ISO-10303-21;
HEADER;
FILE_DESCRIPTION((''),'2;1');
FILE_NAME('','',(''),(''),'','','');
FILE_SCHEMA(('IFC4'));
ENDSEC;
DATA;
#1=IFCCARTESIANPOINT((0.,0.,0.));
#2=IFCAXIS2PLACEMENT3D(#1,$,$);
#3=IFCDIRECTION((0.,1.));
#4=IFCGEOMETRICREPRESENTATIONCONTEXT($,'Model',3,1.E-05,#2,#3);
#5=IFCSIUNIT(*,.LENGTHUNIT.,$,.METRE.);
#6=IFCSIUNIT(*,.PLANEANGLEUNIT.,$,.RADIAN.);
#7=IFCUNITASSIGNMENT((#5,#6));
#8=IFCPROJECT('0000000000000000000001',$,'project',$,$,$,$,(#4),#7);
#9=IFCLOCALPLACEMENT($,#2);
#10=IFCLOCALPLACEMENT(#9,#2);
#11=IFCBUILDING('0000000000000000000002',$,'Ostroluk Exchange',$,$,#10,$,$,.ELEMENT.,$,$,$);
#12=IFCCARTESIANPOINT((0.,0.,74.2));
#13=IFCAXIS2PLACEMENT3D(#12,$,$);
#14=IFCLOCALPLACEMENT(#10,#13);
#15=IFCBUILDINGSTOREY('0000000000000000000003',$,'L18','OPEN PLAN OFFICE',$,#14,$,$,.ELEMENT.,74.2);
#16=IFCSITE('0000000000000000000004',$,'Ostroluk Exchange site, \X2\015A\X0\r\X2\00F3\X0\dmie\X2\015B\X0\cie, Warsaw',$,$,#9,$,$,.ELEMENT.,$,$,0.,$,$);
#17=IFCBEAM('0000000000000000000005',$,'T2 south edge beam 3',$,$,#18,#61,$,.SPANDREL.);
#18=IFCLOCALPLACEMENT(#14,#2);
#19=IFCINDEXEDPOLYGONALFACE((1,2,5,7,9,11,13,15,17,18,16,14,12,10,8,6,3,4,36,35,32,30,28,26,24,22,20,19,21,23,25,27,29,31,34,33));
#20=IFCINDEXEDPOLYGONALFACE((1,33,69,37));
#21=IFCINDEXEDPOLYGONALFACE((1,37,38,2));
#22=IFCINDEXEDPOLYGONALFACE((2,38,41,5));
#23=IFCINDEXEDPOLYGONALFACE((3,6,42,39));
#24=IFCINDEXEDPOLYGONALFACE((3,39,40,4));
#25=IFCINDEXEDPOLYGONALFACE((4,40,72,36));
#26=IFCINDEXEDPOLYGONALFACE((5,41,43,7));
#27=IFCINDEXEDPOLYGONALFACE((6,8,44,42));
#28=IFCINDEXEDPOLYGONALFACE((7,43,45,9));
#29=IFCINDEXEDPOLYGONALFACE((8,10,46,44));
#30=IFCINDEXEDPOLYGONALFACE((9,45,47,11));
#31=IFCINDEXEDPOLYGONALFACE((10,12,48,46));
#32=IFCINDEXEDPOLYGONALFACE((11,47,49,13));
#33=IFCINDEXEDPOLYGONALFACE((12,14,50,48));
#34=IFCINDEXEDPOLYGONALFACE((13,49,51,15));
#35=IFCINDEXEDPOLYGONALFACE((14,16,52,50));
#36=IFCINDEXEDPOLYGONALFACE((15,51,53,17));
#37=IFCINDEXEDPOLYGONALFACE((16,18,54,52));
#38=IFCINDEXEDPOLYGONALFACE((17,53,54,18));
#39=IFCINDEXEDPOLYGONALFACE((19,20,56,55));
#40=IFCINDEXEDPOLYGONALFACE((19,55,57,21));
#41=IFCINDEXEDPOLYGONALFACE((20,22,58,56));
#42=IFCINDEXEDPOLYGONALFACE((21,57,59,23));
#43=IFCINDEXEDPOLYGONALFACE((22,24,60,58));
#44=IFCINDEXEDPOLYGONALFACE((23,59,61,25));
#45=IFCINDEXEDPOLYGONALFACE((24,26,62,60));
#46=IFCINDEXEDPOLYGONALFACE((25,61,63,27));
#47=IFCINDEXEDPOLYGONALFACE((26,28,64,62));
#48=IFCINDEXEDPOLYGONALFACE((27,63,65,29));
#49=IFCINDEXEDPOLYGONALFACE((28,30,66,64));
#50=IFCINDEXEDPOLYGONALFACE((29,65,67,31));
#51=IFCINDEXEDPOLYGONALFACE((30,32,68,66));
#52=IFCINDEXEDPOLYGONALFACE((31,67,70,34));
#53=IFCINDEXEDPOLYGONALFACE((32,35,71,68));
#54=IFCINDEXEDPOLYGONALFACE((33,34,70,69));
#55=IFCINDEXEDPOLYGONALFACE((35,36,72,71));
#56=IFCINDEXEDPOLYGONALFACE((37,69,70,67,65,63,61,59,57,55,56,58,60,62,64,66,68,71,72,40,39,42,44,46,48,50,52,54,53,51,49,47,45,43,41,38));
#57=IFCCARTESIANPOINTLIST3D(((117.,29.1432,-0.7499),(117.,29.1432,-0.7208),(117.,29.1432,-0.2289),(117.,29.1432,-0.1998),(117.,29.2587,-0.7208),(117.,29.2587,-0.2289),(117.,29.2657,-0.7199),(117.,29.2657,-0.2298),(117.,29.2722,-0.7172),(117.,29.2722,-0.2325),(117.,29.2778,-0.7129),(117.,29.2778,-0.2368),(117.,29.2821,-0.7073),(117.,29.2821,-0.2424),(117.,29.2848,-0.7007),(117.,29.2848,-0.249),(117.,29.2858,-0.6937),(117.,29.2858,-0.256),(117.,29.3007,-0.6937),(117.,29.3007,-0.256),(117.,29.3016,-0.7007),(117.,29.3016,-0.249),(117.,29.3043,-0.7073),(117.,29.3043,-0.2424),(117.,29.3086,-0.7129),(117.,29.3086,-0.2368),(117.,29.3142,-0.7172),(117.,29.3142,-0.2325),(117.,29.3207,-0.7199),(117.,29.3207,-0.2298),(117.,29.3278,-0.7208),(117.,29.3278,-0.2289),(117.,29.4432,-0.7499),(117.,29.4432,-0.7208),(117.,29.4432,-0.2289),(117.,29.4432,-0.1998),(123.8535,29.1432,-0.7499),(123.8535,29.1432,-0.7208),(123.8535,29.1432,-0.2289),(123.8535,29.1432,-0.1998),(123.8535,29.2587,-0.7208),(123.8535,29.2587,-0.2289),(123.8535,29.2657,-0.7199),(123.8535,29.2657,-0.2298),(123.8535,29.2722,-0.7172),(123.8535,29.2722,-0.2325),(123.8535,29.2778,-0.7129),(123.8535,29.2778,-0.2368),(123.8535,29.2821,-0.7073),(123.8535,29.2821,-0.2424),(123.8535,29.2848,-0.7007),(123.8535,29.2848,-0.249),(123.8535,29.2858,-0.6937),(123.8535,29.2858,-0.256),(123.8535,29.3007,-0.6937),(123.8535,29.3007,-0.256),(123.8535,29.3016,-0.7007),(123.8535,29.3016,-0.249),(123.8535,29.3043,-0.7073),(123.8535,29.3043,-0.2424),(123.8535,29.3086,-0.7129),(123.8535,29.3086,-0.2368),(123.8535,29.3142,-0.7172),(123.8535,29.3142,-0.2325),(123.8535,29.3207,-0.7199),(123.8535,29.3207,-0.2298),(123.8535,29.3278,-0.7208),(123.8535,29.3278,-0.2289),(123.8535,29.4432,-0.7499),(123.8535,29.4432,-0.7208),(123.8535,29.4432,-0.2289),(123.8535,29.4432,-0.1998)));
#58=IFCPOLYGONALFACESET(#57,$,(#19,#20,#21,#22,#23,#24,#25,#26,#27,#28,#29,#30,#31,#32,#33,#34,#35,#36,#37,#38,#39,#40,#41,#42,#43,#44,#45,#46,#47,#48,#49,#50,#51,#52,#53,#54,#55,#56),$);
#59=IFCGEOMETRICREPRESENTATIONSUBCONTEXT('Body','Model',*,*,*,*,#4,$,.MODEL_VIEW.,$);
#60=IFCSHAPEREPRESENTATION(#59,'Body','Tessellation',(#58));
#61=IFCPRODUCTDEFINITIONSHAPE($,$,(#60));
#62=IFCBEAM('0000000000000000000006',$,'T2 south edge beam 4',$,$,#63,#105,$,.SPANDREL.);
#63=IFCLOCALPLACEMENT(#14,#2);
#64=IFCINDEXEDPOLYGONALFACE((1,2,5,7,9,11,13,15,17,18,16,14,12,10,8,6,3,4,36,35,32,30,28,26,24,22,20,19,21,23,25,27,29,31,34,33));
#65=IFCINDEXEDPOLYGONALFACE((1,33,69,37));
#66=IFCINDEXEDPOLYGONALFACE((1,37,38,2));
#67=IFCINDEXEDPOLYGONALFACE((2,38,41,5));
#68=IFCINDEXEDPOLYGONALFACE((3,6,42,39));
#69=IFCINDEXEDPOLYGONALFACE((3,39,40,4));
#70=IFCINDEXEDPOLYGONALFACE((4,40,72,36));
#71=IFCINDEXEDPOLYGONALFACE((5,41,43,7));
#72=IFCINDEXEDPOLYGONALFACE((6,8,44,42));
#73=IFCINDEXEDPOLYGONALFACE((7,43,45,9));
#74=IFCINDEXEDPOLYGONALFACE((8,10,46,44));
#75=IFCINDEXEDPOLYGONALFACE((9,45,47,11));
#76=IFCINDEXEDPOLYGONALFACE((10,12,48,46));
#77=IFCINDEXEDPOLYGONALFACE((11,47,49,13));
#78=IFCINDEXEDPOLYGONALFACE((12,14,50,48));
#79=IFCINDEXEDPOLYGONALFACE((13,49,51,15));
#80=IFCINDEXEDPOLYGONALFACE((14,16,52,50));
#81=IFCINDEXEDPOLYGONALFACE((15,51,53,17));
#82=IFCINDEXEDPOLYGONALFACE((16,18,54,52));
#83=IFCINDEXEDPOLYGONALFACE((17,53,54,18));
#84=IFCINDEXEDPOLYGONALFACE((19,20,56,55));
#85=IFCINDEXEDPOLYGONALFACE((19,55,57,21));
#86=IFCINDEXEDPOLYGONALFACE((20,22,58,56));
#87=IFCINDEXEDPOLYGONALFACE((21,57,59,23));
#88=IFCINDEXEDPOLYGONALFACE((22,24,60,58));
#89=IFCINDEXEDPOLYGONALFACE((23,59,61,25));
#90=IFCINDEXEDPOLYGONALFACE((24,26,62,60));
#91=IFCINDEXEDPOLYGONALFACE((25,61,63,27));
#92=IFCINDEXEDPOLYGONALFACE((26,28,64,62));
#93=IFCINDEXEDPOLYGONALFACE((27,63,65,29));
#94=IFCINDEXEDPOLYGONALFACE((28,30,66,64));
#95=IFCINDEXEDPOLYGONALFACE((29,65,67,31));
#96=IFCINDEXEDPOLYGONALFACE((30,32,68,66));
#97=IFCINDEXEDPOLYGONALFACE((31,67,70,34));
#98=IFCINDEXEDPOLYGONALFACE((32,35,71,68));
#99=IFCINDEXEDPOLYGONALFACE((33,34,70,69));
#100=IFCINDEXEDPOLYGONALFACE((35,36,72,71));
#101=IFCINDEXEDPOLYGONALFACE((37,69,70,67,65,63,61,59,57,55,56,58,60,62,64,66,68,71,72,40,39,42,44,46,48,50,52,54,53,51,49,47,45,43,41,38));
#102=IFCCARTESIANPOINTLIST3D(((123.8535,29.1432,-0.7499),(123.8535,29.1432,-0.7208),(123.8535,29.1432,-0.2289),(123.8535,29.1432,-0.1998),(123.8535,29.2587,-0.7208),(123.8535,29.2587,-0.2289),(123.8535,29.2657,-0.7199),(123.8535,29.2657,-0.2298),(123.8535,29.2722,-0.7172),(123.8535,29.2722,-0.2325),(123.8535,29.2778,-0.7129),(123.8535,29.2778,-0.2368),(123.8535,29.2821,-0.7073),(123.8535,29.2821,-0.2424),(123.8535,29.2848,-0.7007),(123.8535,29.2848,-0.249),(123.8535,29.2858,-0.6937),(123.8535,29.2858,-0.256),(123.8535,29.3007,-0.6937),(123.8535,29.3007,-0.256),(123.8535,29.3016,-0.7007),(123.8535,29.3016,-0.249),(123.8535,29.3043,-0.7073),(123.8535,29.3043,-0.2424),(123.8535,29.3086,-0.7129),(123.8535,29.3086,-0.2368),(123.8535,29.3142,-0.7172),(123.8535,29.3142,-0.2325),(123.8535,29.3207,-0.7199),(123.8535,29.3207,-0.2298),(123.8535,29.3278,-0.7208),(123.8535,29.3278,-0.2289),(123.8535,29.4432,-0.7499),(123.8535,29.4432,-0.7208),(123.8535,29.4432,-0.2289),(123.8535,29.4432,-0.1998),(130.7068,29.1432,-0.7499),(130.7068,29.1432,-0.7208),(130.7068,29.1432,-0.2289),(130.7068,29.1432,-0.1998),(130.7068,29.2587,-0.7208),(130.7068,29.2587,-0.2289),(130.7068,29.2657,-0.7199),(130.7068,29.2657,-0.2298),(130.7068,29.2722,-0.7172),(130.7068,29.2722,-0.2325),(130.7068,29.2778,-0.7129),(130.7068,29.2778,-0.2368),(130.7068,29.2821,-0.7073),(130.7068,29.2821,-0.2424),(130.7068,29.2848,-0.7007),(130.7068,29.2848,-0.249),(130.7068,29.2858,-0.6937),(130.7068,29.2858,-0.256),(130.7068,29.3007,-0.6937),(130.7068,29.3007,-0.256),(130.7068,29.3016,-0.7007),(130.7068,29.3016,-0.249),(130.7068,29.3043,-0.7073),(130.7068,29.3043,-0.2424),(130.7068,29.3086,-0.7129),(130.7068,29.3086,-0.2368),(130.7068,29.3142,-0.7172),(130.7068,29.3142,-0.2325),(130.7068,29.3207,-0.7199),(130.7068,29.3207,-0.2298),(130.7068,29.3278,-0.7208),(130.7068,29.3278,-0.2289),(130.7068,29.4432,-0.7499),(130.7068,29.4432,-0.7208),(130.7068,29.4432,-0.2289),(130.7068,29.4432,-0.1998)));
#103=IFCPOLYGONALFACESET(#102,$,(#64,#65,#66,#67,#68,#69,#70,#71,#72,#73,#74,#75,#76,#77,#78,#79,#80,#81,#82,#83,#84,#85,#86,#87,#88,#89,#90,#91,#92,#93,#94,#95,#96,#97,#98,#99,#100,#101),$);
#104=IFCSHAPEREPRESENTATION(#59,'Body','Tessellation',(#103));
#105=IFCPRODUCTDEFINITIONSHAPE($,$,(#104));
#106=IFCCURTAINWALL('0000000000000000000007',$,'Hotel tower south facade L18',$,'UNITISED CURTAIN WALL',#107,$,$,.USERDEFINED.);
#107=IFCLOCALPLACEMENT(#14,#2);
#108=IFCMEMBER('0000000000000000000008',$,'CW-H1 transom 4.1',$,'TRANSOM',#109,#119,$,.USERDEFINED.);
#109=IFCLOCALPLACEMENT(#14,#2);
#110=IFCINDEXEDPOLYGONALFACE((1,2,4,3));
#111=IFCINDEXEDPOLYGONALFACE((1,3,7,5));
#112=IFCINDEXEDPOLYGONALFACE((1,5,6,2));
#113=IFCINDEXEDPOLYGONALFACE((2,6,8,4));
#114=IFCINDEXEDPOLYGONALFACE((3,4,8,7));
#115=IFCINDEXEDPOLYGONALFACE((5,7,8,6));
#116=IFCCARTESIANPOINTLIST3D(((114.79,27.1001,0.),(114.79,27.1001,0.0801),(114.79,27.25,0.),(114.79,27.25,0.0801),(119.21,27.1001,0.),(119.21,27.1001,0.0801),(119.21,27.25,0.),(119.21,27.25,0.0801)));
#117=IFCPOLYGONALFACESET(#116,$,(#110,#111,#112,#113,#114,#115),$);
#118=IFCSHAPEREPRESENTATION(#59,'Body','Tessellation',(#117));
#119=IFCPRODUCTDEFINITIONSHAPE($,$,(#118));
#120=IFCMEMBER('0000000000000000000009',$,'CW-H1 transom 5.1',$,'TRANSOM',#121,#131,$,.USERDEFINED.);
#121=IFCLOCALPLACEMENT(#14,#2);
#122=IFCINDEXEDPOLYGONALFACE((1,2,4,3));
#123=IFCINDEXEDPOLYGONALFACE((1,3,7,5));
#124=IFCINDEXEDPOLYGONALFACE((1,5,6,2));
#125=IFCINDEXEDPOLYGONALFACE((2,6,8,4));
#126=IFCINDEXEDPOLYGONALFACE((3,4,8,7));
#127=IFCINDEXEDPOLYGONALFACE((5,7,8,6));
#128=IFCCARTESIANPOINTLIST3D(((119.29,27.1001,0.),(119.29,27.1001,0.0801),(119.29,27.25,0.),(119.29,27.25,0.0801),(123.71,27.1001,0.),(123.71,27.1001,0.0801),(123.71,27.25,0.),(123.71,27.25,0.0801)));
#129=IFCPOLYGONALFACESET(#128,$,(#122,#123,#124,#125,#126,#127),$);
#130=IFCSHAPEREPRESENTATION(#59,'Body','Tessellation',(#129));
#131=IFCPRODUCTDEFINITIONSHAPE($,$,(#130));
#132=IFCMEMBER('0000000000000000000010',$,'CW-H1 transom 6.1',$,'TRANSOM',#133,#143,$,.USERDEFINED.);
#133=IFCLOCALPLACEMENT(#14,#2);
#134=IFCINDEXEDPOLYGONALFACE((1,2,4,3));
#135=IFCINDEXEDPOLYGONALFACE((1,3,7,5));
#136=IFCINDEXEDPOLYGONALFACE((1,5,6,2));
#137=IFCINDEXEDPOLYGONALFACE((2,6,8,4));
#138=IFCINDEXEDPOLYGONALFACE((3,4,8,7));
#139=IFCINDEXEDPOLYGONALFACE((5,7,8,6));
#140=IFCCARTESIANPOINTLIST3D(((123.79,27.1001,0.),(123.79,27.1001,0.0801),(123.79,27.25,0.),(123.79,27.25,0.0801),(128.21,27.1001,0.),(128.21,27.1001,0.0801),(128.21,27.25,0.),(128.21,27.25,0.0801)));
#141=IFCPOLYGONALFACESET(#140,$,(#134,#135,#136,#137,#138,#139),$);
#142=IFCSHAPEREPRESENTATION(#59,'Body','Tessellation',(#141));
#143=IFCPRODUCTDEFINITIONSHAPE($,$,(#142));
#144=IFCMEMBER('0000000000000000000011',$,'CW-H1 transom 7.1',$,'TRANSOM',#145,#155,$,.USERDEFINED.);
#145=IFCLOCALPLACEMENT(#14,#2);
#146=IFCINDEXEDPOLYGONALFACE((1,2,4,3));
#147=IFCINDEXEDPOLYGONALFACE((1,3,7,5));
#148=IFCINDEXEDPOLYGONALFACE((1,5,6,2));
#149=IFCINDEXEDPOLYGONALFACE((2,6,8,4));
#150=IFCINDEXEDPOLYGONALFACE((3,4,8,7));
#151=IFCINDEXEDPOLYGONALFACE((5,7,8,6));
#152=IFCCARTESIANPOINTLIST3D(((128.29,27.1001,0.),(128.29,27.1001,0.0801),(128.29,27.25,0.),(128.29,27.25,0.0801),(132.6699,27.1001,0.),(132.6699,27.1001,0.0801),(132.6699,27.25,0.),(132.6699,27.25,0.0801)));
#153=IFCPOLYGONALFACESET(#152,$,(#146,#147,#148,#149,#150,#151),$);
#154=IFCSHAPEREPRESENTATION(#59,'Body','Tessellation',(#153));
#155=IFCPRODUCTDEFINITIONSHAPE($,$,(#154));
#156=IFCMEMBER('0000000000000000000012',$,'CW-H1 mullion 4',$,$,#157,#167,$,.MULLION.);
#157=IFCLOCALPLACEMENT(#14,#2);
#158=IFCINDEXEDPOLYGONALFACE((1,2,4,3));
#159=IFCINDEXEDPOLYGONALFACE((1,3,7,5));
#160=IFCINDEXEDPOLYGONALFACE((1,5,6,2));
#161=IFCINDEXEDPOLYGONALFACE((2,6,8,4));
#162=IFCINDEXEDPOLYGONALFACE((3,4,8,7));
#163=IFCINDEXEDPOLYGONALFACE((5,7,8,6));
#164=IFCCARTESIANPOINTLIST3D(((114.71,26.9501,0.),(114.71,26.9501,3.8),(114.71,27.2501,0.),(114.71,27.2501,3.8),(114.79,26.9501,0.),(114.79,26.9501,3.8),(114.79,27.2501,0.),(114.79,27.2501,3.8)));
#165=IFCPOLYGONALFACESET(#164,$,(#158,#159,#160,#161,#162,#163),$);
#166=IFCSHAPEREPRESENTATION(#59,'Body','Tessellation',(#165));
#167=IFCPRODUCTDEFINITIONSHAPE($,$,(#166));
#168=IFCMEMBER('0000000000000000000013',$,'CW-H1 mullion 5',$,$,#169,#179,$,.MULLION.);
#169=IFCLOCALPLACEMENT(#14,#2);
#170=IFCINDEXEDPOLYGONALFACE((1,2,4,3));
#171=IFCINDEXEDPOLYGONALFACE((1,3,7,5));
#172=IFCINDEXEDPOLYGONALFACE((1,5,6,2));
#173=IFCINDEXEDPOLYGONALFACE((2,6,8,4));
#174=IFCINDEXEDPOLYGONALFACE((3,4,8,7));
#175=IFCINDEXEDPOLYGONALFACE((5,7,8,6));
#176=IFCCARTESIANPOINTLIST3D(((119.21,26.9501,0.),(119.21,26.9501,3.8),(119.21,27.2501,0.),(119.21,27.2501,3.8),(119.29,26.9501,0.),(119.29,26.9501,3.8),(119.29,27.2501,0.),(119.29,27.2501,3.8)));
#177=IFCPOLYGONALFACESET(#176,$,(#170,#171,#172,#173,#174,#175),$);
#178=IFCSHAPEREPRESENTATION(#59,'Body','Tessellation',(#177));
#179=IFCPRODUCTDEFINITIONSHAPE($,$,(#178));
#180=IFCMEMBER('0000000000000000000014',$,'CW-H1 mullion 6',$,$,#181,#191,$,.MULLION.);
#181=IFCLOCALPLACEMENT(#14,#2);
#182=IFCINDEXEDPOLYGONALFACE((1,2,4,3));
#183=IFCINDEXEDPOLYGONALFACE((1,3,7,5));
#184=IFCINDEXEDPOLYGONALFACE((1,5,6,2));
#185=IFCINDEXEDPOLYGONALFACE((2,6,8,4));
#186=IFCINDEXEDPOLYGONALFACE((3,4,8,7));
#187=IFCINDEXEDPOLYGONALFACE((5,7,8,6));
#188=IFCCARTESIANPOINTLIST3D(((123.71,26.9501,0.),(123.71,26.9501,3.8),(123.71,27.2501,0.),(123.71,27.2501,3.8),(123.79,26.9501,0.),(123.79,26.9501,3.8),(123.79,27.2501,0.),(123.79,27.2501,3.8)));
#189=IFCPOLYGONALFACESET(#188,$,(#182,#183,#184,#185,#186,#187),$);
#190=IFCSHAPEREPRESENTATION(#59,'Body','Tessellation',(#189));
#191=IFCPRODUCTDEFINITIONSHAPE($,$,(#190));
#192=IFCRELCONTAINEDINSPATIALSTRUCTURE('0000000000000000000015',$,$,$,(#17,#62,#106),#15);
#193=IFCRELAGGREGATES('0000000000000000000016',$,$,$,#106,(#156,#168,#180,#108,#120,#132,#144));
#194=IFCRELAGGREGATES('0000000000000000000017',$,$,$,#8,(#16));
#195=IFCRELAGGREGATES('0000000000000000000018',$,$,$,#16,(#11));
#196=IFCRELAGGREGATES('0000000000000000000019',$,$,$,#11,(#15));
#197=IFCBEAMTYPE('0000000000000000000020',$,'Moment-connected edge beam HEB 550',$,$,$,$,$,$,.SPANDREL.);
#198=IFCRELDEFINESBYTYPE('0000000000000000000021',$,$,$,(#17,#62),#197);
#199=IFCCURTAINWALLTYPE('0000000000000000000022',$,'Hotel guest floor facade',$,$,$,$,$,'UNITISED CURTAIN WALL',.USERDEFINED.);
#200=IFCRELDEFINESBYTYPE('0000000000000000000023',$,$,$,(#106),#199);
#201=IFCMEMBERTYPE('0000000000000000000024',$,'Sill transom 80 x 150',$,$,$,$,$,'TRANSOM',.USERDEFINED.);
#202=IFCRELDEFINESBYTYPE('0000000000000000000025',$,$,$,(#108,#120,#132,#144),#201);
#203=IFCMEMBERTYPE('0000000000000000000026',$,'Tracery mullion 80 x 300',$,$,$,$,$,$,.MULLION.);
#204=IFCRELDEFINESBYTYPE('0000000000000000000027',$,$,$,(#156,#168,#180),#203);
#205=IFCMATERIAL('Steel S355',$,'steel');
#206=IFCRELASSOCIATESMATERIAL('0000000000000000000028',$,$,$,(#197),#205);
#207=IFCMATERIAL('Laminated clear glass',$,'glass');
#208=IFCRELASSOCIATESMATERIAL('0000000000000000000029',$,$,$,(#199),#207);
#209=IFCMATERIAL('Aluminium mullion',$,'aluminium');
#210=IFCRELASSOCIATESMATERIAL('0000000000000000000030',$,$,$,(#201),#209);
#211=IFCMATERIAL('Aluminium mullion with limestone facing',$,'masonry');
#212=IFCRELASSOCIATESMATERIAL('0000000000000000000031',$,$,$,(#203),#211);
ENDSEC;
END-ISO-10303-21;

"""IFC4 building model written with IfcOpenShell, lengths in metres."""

from ifc_helpers import new_model, si_unit, direction, frame, origin, origin_2d, place, context, subcontext, project, spatial, rectangle, i_section, extrude, material, material_profile, profile_set, type_object, element, aggregate, save


model = new_model("IFC4")

# Units and contexts
model_context = context("Model", 3, precision=1e-05, world=origin(), true_north=direction((0.0, 1.0)))
body_context = subcontext(model_context, "Body", "Model", "MODEL_VIEW")
ifc_project = project(units=[si_unit("LENGTHUNIT", "METRE"), si_unit("PLANEANGLEUNIT", "RADIAN")], contexts=[model_context])

# Site, building, storey
site_placement = place(None, origin())
site = spatial("IfcSite", under=ifc_project, at=site_placement, Name="Ostroluk Exchange site, Śródmieście, Warsaw", CompositionType="ELEMENT", RefElevation=0.0)
building_placement = place(site_placement, origin())
building = spatial("IfcBuilding", under=site, at=building_placement, Name="Ostroluk Exchange", CompositionType="ELEMENT")
storey_placement = place(building_placement, frame((0.0, 0.0, 74.2)))
storey = spatial("IfcBuildingStorey", under=building, at=storey_placement, Name="L18", Description="OPEN PLAN OFFICE", CompositionType="ELEMENT", Elevation=74.2)

# Beams
ifc_material_1 = material(Name="Steel S355", Category="steel")
ifc_material_profile_1 = material_profile(ifc_material_1, i_section(OverallWidth=0.3, OverallDepth=0.55, WebThickness=0.0149, FlangeThickness=0.0291, FilletRadius=0.0271, at=origin_2d()), Name="HEB 550")
ifc_profile_set_1 = profile_set([ifc_material_profile_1], Name="Steel S355")
beam_type = type_object("IfcBeamType", Name="Moment-connected edge beam HEB 550", PredefinedType="SPANDREL", material=ifc_profile_set_1)
beam_1_placement = place(storey_placement, frame((117.0, 29.2932, -0.4749), z_axis=(1.0, 0.0, 0.0), x_axis=(0.0, 1.0, 0.0)))
element("IfcBeam", 1, at=beam_1_placement, inside=storey, type_object=beam_type, Name="T2 south edge beam 3", PredefinedType="SPANDREL", context=body_context, shape_type="SweptSolid", body=[
    extrude(i_section(OverallWidth=0.3, OverallDepth=0.55, WebThickness=0.0149, FlangeThickness=0.0291, FilletRadius=0.0271, at=origin_2d()), origin(), (0.0, 0.0, 1.0), 6.8535),
])
beam_2_placement = place(storey_placement, frame((123.8535, 29.2932, -0.4749), z_axis=(1.0, 0.0, 0.0), x_axis=(0.0, 1.0, 0.0)))
element("IfcBeam", 2, at=beam_2_placement, inside=storey, type_object=beam_type, Name="T2 south edge beam 4", PredefinedType="SPANDREL", context=body_context, shape_type="SweptSolid", body=[
    extrude(i_section(OverallWidth=0.3, OverallDepth=0.55, WebThickness=0.0149, FlangeThickness=0.0291, FilletRadius=0.0271, at=origin_2d()), origin(), (0.0, 0.0, 1.0), 6.8533),
])

# Curtain wall, members
ifc_material_2 = material(Name="Laminated clear glass", Category="glass")
curtain_wall_type = type_object("IfcCurtainWallType", Name="Hotel guest floor facade", ElementType="UNITISED CURTAIN WALL", PredefinedType="USERDEFINED", material=ifc_material_2)
curtain_wall_placement = place(storey_placement, origin())
curtain_wall = element("IfcCurtainWall", 3, at=curtain_wall_placement, inside=storey, type_object=curtain_wall_type, Name="Hotel tower south facade L18", ObjectType="UNITISED CURTAIN WALL", PredefinedType="USERDEFINED")
ifc_material_3 = material(Name="Aluminium mullion", Category="aluminium")
ifc_material_profile_2 = material_profile(ifc_material_3, rectangle(XDim=0.1499, YDim=0.0801, at=origin_2d()), Name="Sill transom 80 x 150")
ifc_profile_set_2 = profile_set([ifc_material_profile_2], Name="Aluminium mullion")
member_type_1 = type_object("IfcMemberType", Name="Sill transom 80 x 150", ElementType="TRANSOM", PredefinedType="USERDEFINED", material=ifc_profile_set_2)
member_1_placement = place(storey_placement, frame((114.79, 27.175, 0.04), z_axis=(1.0, 0.0, 0.0), x_axis=(0.0, 1.0, 0.0)))
member_1 = element("IfcMember", 4, at=member_1_placement, type_object=member_type_1, Name="CW-H1 transom 4.1", ObjectType="TRANSOM", PredefinedType="USERDEFINED", context=body_context, shape_type="SweptSolid", body=[
    extrude(rectangle(XDim=0.1499, YDim=0.0801, at=origin_2d()), origin(), (0.0, 0.0, 1.0), 4.4199),
])
member_2_placement = place(storey_placement, frame((119.29, 27.175, 0.04), z_axis=(1.0, 0.0, 0.0), x_axis=(0.0, 1.0, 0.0)))
member_2 = element("IfcMember", 5, at=member_2_placement, type_object=member_type_1, Name="CW-H1 transom 5.1", ObjectType="TRANSOM", PredefinedType="USERDEFINED", context=body_context, shape_type="SweptSolid", body=[
    extrude(rectangle(XDim=0.1499, YDim=0.0801, at=origin_2d()), origin(), (0.0, 0.0, 1.0), 4.4199),
])
member_3_placement = place(storey_placement, frame((123.79, 27.175, 0.04), z_axis=(1.0, 0.0, 0.0), x_axis=(0.0, 1.0, 0.0)))
member_3 = element("IfcMember", 6, at=member_3_placement, type_object=member_type_1, Name="CW-H1 transom 6.1", ObjectType="TRANSOM", PredefinedType="USERDEFINED", context=body_context, shape_type="SweptSolid", body=[
    extrude(rectangle(XDim=0.1499, YDim=0.0801, at=origin_2d()), origin(), (0.0, 0.0, 1.0), 4.4199),
])
member_4_placement = place(storey_placement, frame((128.29, 27.175, 0.04), z_axis=(1.0, 0.0, 0.0), x_axis=(0.0, 1.0, 0.0)))
member_4 = element("IfcMember", 7, at=member_4_placement, type_object=member_type_1, Name="CW-H1 transom 7.1", ObjectType="TRANSOM", PredefinedType="USERDEFINED", context=body_context, shape_type="SweptSolid", body=[
    extrude(rectangle(XDim=0.1499, YDim=0.0801, at=origin_2d()), origin(), (0.0, 0.0, 1.0), 4.3799),
])
ifc_material_4 = material(Name="Aluminium mullion with limestone facing", Category="masonry")
ifc_material_profile_3 = material_profile(ifc_material_4, rectangle(XDim=0.3, YDim=0.0801, at=origin_2d()), Name="Tracery mullion 80 x 300")
ifc_profile_set_3 = profile_set([ifc_material_profile_3], Name="Aluminium mullion with limestone facing")
member_type_2 = type_object("IfcMemberType", Name="Tracery mullion 80 x 300", PredefinedType="MULLION", material=ifc_profile_set_3)
member_5_placement = place(storey_placement, frame((114.75, 27.1001, 0.0), z_axis=(0.0, 0.0, 1.0), x_axis=(0.0, 1.0, 0.0)))
member_5 = element("IfcMember", 8, at=member_5_placement, type_object=member_type_2, Name="CW-H1 mullion 4", PredefinedType="MULLION", context=body_context, shape_type="SweptSolid", body=[
    extrude(rectangle(XDim=0.3, YDim=0.0801, at=origin_2d()), origin(), (0.0, 0.0, 1.0), 3.8),
])
member_6_placement = place(storey_placement, frame((119.25, 27.1001, 0.0), z_axis=(0.0, 0.0, 1.0), x_axis=(0.0, 1.0, 0.0)))
member_6 = element("IfcMember", 9, at=member_6_placement, type_object=member_type_2, Name="CW-H1 mullion 5", PredefinedType="MULLION", context=body_context, shape_type="SweptSolid", body=[
    extrude(rectangle(XDim=0.3, YDim=0.0801, at=origin_2d()), origin(), (0.0, 0.0, 1.0), 3.8),
])
member_7_placement = place(storey_placement, frame((123.75, 27.1001, 0.0), z_axis=(0.0, 0.0, 1.0), x_axis=(0.0, 1.0, 0.0)))
member_7 = element("IfcMember", 10, at=member_7_placement, type_object=member_type_2, Name="CW-H1 mullion 6", PredefinedType="MULLION", context=body_context, shape_type="SweptSolid", body=[
    extrude(rectangle(XDim=0.3, YDim=0.0801, at=origin_2d()), origin(), (0.0, 0.0, 1.0), 3.8),
])
aggregate(curtain_wall, [member_5, member_6, member_7, member_1, member_2, member_3, member_4])

save(model, "model.ifc")
